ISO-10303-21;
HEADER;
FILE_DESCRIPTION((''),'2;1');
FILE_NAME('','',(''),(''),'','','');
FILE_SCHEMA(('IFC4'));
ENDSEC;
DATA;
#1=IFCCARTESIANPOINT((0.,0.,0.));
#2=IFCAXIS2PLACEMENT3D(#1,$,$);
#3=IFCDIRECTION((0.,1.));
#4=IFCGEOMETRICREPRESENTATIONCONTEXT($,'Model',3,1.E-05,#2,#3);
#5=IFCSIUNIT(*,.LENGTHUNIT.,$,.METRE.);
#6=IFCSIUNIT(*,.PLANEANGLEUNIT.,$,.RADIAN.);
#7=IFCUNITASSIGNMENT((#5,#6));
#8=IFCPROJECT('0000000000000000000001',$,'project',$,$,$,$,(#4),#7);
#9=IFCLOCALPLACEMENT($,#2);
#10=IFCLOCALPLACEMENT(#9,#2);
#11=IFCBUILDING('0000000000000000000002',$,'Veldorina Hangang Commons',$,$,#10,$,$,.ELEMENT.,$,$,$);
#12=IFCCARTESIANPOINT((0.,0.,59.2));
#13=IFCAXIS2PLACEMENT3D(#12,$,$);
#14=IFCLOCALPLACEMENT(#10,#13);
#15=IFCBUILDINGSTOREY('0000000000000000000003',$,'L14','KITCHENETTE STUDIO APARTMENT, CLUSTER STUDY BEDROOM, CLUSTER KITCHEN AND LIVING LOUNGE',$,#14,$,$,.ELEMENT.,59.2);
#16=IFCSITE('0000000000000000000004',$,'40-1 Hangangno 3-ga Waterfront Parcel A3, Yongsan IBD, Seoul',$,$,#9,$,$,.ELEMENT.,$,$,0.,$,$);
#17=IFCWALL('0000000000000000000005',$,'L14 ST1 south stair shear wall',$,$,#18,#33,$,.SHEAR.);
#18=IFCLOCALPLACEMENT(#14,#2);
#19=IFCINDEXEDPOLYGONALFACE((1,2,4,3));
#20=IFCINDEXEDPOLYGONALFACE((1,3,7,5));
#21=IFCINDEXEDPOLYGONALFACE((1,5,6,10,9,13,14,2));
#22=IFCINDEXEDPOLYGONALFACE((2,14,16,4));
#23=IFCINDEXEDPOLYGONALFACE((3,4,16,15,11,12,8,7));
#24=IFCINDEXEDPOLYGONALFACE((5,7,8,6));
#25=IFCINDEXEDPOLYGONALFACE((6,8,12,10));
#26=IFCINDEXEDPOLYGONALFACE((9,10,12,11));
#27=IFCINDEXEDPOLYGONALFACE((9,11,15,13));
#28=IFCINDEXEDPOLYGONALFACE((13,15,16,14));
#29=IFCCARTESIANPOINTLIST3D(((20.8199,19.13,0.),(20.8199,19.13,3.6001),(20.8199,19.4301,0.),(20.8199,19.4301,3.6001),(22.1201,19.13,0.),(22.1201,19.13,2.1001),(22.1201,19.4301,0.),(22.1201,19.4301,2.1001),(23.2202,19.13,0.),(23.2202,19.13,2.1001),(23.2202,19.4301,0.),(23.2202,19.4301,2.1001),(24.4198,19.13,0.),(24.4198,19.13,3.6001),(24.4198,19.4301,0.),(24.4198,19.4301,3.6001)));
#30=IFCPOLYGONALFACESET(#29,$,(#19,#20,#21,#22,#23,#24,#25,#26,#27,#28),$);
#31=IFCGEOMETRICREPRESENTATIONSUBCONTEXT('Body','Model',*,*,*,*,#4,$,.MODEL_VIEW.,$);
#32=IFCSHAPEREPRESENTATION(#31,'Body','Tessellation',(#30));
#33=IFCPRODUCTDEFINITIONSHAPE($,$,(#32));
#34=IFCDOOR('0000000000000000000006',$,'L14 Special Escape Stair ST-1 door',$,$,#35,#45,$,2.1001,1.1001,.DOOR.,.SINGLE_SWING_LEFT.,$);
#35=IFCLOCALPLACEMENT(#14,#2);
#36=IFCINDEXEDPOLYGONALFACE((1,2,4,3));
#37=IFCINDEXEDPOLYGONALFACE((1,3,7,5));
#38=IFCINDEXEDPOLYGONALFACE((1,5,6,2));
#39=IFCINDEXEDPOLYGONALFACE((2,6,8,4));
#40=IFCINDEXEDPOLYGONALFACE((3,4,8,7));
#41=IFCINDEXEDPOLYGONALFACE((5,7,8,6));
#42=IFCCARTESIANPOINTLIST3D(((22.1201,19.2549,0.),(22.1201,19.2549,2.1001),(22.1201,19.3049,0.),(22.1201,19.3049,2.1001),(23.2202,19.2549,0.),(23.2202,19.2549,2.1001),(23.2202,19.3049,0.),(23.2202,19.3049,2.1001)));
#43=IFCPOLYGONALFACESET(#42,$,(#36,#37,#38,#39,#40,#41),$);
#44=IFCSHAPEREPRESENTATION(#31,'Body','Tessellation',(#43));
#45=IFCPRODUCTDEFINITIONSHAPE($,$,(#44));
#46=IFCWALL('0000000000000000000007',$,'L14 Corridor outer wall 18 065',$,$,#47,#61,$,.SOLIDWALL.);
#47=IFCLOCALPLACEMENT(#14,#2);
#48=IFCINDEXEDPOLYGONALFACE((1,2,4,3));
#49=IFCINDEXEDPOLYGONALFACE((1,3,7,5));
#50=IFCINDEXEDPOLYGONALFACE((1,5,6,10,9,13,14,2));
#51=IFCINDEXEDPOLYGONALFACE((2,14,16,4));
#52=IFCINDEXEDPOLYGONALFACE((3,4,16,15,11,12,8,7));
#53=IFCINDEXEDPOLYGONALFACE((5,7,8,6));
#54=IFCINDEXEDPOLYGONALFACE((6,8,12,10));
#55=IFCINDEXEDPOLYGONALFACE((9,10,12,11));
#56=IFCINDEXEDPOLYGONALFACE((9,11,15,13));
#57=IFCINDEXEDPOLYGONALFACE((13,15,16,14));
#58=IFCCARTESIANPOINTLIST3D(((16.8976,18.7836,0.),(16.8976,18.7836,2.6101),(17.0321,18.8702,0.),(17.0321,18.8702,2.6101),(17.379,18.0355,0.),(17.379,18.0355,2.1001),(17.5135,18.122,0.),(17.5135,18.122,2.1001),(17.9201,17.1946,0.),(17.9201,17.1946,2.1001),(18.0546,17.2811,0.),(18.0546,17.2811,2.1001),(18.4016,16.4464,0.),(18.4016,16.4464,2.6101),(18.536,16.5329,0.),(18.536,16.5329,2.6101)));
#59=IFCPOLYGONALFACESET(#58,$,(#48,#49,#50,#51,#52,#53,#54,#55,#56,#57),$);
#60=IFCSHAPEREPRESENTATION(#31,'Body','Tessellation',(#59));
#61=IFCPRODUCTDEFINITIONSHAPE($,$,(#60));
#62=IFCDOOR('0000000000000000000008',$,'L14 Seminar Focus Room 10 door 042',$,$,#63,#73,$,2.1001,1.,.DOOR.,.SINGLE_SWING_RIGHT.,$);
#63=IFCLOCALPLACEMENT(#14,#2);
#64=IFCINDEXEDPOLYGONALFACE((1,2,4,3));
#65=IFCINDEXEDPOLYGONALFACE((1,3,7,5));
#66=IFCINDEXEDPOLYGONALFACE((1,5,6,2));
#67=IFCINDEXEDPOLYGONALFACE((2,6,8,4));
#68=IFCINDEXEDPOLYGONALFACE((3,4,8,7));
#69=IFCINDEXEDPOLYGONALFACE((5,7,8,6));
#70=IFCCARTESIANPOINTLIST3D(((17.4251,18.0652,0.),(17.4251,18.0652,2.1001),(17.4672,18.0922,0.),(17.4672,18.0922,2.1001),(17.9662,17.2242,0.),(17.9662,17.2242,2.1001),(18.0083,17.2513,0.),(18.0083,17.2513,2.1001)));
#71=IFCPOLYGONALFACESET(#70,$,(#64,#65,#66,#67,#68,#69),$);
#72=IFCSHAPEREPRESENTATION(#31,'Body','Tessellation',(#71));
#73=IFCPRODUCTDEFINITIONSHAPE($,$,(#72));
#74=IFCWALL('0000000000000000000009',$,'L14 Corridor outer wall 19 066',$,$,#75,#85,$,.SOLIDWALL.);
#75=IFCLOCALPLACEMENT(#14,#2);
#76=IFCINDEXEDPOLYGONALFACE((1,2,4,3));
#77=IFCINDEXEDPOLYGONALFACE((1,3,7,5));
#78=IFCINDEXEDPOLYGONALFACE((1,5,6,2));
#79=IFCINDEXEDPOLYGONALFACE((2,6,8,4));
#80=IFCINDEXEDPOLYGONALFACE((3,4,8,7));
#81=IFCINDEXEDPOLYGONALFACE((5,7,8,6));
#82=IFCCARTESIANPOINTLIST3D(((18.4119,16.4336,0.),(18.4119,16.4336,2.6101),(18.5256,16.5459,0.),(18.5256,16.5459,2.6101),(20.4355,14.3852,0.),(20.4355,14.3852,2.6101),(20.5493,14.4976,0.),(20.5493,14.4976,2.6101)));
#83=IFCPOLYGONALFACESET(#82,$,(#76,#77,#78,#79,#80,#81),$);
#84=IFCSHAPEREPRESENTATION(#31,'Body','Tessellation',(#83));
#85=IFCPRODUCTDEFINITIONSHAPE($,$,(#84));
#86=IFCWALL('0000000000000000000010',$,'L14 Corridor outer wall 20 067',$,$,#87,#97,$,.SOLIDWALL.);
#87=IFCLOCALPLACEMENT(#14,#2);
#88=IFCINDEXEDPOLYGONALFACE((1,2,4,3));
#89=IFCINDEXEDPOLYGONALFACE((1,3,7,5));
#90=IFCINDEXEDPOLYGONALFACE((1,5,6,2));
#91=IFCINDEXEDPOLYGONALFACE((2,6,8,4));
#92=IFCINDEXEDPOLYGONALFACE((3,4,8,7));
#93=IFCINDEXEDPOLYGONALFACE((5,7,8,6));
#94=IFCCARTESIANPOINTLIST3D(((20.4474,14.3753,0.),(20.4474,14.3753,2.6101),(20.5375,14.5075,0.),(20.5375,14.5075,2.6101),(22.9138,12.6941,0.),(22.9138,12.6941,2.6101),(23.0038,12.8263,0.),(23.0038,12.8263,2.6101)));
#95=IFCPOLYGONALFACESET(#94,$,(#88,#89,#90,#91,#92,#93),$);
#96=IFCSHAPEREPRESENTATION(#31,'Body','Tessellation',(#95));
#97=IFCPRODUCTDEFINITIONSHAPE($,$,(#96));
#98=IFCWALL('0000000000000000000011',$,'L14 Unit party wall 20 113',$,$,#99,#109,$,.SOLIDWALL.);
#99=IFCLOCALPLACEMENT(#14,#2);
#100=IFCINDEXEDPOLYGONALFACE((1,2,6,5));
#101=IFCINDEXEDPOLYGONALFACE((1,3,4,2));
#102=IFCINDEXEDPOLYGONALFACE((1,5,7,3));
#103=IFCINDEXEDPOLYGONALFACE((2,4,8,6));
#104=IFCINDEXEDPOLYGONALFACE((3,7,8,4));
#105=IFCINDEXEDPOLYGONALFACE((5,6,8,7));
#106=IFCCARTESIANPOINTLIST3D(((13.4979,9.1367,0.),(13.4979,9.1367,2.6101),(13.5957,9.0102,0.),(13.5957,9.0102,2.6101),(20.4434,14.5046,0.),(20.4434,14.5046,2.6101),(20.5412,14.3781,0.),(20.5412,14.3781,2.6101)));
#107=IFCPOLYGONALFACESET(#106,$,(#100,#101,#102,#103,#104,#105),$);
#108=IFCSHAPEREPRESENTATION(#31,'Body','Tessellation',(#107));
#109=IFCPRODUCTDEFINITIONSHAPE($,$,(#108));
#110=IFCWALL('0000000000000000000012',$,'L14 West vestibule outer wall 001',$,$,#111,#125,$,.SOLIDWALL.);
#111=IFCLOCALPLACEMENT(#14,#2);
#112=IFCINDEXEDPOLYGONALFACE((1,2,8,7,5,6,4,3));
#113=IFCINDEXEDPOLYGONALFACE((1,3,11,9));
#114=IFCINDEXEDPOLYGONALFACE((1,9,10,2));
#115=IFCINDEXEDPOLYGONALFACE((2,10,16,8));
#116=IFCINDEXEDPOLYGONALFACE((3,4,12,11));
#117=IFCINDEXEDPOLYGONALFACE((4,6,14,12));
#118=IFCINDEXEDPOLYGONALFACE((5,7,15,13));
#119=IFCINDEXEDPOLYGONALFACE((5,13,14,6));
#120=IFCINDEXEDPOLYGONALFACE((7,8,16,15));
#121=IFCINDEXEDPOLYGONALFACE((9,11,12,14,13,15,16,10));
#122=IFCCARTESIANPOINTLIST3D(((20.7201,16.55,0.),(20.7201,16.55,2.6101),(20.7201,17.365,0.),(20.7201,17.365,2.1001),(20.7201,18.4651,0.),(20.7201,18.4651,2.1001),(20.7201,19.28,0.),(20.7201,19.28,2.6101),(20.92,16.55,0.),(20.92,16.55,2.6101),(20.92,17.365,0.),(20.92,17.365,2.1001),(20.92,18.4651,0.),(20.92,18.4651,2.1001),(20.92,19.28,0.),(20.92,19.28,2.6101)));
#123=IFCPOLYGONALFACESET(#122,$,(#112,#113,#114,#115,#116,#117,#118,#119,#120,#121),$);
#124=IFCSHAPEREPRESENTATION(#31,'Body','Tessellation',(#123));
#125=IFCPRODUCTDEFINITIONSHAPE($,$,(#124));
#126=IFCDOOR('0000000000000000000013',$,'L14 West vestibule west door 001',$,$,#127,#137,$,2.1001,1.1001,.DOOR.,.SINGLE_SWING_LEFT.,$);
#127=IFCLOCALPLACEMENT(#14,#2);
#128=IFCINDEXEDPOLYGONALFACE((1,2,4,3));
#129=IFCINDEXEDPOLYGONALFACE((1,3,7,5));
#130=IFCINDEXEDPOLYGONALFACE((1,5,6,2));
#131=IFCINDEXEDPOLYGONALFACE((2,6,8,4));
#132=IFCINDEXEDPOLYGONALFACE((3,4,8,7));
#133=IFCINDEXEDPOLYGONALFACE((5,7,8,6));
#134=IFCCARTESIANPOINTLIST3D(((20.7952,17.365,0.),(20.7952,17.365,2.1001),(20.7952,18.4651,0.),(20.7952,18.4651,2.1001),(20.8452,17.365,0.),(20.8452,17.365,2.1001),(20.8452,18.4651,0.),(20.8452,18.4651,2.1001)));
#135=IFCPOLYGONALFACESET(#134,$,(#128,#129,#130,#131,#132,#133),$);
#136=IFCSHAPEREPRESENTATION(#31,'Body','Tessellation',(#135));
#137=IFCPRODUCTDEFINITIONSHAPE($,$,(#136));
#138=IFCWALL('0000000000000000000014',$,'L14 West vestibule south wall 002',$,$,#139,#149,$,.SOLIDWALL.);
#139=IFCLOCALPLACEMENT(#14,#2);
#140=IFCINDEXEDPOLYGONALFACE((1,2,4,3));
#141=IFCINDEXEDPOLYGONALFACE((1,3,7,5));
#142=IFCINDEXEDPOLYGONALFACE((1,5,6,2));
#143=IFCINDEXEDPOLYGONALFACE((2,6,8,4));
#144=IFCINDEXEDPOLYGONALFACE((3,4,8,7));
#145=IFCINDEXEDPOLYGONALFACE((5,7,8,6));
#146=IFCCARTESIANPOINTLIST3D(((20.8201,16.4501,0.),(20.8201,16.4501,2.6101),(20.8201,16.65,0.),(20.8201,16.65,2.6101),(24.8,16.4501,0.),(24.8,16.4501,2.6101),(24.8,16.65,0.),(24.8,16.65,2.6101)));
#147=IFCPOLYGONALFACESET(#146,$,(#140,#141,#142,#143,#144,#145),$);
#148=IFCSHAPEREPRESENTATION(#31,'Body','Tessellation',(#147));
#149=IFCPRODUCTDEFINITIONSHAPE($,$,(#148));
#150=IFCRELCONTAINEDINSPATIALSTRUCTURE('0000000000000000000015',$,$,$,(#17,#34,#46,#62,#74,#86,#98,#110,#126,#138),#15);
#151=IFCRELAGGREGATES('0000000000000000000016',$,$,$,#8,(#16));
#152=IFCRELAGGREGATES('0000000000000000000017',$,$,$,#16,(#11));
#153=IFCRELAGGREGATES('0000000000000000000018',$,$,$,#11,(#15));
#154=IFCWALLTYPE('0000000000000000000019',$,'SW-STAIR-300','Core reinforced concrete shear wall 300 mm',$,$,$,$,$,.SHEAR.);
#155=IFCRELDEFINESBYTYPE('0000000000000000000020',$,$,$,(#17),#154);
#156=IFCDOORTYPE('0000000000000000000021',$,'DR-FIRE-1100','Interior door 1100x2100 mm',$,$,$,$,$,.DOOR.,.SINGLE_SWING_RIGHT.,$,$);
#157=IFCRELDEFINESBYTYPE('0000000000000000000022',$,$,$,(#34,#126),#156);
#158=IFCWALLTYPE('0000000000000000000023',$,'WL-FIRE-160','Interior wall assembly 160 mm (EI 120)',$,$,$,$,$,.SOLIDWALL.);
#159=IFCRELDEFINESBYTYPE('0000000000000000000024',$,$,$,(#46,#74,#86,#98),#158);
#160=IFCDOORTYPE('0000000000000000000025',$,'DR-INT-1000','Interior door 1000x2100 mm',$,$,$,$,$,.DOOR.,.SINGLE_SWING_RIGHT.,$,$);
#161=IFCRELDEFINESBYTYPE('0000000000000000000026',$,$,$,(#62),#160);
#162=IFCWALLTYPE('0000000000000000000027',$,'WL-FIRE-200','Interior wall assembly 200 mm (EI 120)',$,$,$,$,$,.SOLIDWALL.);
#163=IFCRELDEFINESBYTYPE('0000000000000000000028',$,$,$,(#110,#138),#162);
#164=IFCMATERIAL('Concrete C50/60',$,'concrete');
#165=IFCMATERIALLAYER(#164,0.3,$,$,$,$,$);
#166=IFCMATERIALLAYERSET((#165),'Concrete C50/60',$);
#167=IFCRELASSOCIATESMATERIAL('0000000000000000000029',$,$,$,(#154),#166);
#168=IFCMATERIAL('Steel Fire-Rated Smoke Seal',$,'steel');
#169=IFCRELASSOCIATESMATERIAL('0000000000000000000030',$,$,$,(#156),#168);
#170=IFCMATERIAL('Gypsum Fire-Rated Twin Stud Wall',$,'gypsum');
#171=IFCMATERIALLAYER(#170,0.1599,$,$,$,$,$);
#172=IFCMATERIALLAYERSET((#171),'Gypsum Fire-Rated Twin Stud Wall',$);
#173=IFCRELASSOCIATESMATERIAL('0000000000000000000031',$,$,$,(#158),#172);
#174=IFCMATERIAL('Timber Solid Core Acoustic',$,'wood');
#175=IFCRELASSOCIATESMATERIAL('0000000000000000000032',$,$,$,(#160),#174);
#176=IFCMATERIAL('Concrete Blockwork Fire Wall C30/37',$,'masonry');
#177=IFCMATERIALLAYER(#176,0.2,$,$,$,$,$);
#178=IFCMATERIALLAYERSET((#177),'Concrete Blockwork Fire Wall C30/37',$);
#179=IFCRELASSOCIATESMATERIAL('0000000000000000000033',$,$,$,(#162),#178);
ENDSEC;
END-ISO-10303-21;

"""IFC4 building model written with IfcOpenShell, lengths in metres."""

from ifc_helpers import new_model, si_unit, direction, frame, frame_2d, origin, place, context, subcontext, project, spatial, rectangle, extrude, material, layer, layer_set, type_object, element, fill, save


model = new_model("IFC4")

# Units and contexts
model_context = context("Model", 3, precision=1e-05, world=origin(), true_north=direction((0.0, 1.0)))
body_context = subcontext(model_context, "Body", "Model", "MODEL_VIEW")
ifc_project = project(units=[si_unit("LENGTHUNIT", "METRE"), si_unit("PLANEANGLEUNIT", "RADIAN")], contexts=[model_context])

# Site, building, storey
site_placement = place(None, origin())
site = spatial("IfcSite", under=ifc_project, at=site_placement, Name="40-1 Hangangno 3-ga Waterfront Parcel A3, Yongsan IBD, Seoul", CompositionType="ELEMENT", RefElevation=0.0)
building_placement = place(site_placement, origin())
building = spatial("IfcBuilding", under=site, at=building_placement, Name="Veldorina Hangang Commons", CompositionType="ELEMENT")
storey_placement = place(building_placement, frame((0.0, 0.0, 59.2)))
storey = spatial("IfcBuildingStorey", under=building, at=storey_placement, Name="L14", Description="KITCHENETTE STUDIO APARTMENT, CLUSTER STUDY BEDROOM, CLUSTER KITCHEN AND LIVING LOUNGE", CompositionType="ELEMENT", Elevation=59.2)

# Walls, openings, doors
ifc_material_1 = material(Name="Concrete C50/60", Category="concrete")
ifc_layer_1 = layer(ifc_material_1, 0.3)
ifc_layer_set_1 = layer_set([ifc_layer_1], Name="Concrete C50/60")
wall_type_1 = type_object("IfcWallType", Name="SW-STAIR-300", Description="Core reinforced concrete shear wall 300 mm", PredefinedType="SHEAR", material=ifc_layer_set_1)
wall_1_placement = place(storey_placement, frame((20.8201, 19.28, 0.0), z_axis=(0.0, 0.0, 1.0), x_axis=(1.0, 0.0, 0.0)))
wall_1 = element("IfcWall", 1, at=wall_1_placement, inside=storey, type_object=wall_type_1, Name="L14 ST1 south stair shear wall", PredefinedType="SHEAR", context=body_context, shape_type="SweptSolid", body=[
    extrude(rectangle(XDim=3.5999, YDim=0.3, at=frame_2d((1.7998, 0.0))), origin(), (0.0, 0.0, 1.0), 3.6001),
])
opening_1_placement = place(wall_1_placement, frame((1.3, 0.0, 0.0)))
opening_1 = element("IfcOpeningElement", 2, at=opening_1_placement, cuts=wall_1, PredefinedType="OPENING", context=body_context, shape_type="SweptSolid", body=[
    extrude(rectangle(XDim=1.1001, YDim=2.1001, at=frame_2d((0.55, 1.05))), frame((0.0, 0.1602, 0.0), z_axis=(0.0, -1.0, 0.0), x_axis=(1.0, 0.0, 0.0)), (0.0, 0.0, 1.0), 0.3201),
])
ifc_material_2 = material(Name="Steel Fire-Rated Smoke Seal", Category="steel")
door_type_1 = type_object("IfcDoorType", Name="DR-FIRE-1100", Description="Interior door 1100x2100 mm", OperationType="SINGLE_SWING_RIGHT", PredefinedType="DOOR", material=ifc_material_2)
door_1_placement = place(opening_1_placement, origin())
door_1 = element("IfcDoor", 3, at=door_1_placement, inside=storey, type_object=door_type_1, Name="L14 Special Escape Stair ST-1 door", OperationType="SINGLE_SWING_LEFT", OverallHeight=2.1001, OverallWidth=1.1001, PredefinedType="DOOR", context=body_context, shape_type="SweptSolid", body=[
    extrude(rectangle(XDim=1.1001, YDim=2.1001, at=frame_2d((0.55, 1.05))), frame((0.0, 0.0249, 0.0), z_axis=(0.0, -1.0, 0.0), x_axis=(1.0, 0.0, 0.0)), (0.0, 0.0, 1.0), 0.05),
])
fill(opening_1, door_1)
ifc_material_3 = material(Name="Gypsum Fire-Rated Twin Stud Wall", Category="gypsum")
ifc_layer_2 = layer(ifc_material_3, 0.1599)
ifc_layer_set_2 = layer_set([ifc_layer_2], Name="Gypsum Fire-Rated Twin Stud Wall")
wall_type_2 = type_object("IfcWallType", Name="WL-FIRE-160", Description="Interior wall assembly 160 mm (EI 120)", PredefinedType="SOLIDWALL", material=ifc_layer_set_2)
wall_2_placement = place(storey_placement, frame((16.9648, 18.8269, 0.0), z_axis=(0.0, 0.0, 1.0), x_axis=(0.541126, -0.840941, 0.0)))
wall_2 = element("IfcWall", 4, at=wall_2_placement, inside=storey, type_object=wall_type_2, Name="L14 Corridor outer wall 18 065", PredefinedType="SOLIDWALL", context=body_context, shape_type="SweptSolid", body=[
    extrude(rectangle(XDim=2.7793, YDim=0.1599, at=frame_2d((1.3896, 0.0))), origin(), (0.0, 0.0, 1.0), 2.6101),
])
opening_2_placement = place(wall_2_placement, frame((0.8896, 0.0, 0.0)))
opening_2 = element("IfcOpeningElement", 5, at=opening_2_placement, cuts=wall_2, PredefinedType="OPENING", context=body_context, shape_type="SweptSolid", body=[
    extrude(rectangle(XDim=1.0, YDim=2.1001, at=frame_2d((0.5, 1.05))), frame((0.0, 0.0898, 0.0), z_axis=(0.0, -1.0, 0.0), x_axis=(1.0, 0.0, 0.0)), (0.0, 0.0, 1.0), 0.1799),
])
ifc_material_4 = material(Name="Timber Solid Core Acoustic", Category="wood")
door_type_2 = type_object("IfcDoorType", Name="DR-INT-1000", Description="Interior door 1000x2100 mm", OperationType="SINGLE_SWING_RIGHT", PredefinedType="DOOR", material=ifc_material_4)
door_2_placement = place(opening_2_placement, origin())
door_2 = element("IfcDoor", 6, at=door_2_placement, inside=storey, type_object=door_type_2, Name="L14 Seminar Focus Room 10 door 042", OperationType="SINGLE_SWING_RIGHT", OverallHeight=2.1001, OverallWidth=1.0, PredefinedType="DOOR", context=body_context, shape_type="SweptSolid", body=[
    extrude(rectangle(XDim=1.0, YDim=2.1001, at=frame_2d((0.5, 1.05))), frame((0.0, 0.0249, 0.0), z_axis=(0.0, -1.0, 0.0), x_axis=(1.0, 0.0, 0.0)), (0.0, 0.0, 1.0), 0.05),
])
fill(opening_2, door_2)

# Walls
wall_3_placement = place(storey_placement, frame((18.4688, 16.4897, 0.0), z_axis=(0.0, 0.0, 1.0), x_axis=(0.702812, -0.711376, 0.0)))
element("IfcWall", 7, at=wall_3_placement, inside=storey, type_object=wall_type_2, Name="L14 Corridor outer wall 19 066", PredefinedType="SOLIDWALL", context=body_context, shape_type="SweptSolid", body=[
    extrude(rectangle(XDim=2.8794, YDim=0.1599, at=frame_2d((1.4397, 0.0))), origin(), (0.0, 0.0, 1.0), 2.6101),
])
wall_4_placement = place(storey_placement, frame((20.4924, 14.4414, 0.0), z_axis=(0.0, 0.0, 1.0), x_axis=(0.826293, -0.56324, 0.0)))
element("IfcWall", 8, at=wall_4_placement, inside=storey, type_object=wall_type_2, Name="L14 Corridor outer wall 20 067", PredefinedType="SOLIDWALL", context=body_context, shape_type="SweptSolid", body=[
    extrude(rectangle(XDim=2.9849, YDim=0.1599, at=frame_2d((1.4924, 0.0))), origin(), (0.0, 0.0, 1.0), 2.6101),
])
wall_5_placement = place(storey_placement, frame((20.4924, 14.4414, 0.0), z_axis=(0.0, 0.0, 1.0), x_axis=(-0.791235, -0.611512, 0.0)))
element("IfcWall", 9, at=wall_5_placement, inside=storey, type_object=wall_type_2, Name="L14 Unit party wall 20 113", PredefinedType="SOLIDWALL", context=body_context, shape_type="SweptSolid", body=[
    extrude(rectangle(XDim=8.7781, YDim=0.1599, at=frame_2d((4.3892, 0.0))), origin(), (0.0, 0.0, 1.0), 2.6101),
])

# Wall, opening, door
ifc_material_5 = material(Name="Concrete Blockwork Fire Wall C30/37", Category="masonry")
ifc_layer_3 = layer(ifc_material_5, 0.2)
ifc_layer_set_3 = layer_set([ifc_layer_3], Name="Concrete Blockwork Fire Wall C30/37")
wall_type_3 = type_object("IfcWallType", Name="WL-FIRE-200", Description="Interior wall assembly 200 mm (EI 120)", PredefinedType="SOLIDWALL", material=ifc_layer_set_3)
wall_6_placement = place(storey_placement, frame((20.8201, 16.55, 0.0), z_axis=(0.0, 0.0, 1.0), x_axis=(0.0, 1.0, 0.0)))
wall_6 = element("IfcWall", 10, at=wall_6_placement, inside=storey, type_object=wall_type_3, Name="L14 West vestibule outer wall 001", PredefinedType="SOLIDWALL", context=body_context, shape_type="SweptSolid", body=[
    extrude(rectangle(XDim=2.73, YDim=0.2, at=frame_2d((1.365, 0.0))), origin(), (0.0, 0.0, 1.0), 2.6101),
])
opening_3_placement = place(wall_6_placement, frame((0.8149, 0.0, 0.0)))
opening_3 = element("IfcOpeningElement", 11, at=opening_3_placement, cuts=wall_6, PredefinedType="OPENING", context=body_context, shape_type="SweptSolid", body=[
    extrude(rectangle(XDim=1.1001, YDim=2.1001, at=frame_2d((0.55, 1.05))), frame((0.0, 0.1099, 0.0), z_axis=(0.0, -1.0, 0.0), x_axis=(1.0, 0.0, 0.0)), (0.0, 0.0, 1.0), 0.22),
])
door_3_placement = place(opening_3_placement, origin())
door_3 = element("IfcDoor", 12, at=door_3_placement, inside=storey, type_object=door_type_1, Name="L14 West vestibule west door 001", OperationType="SINGLE_SWING_LEFT", OverallHeight=2.1001, OverallWidth=1.1001, PredefinedType="DOOR", context=body_context, shape_type="SweptSolid", body=[
    extrude(rectangle(XDim=1.1001, YDim=2.1001, at=frame_2d((0.55, 1.05))), frame((0.0, 0.0249, 0.0), z_axis=(0.0, -1.0, 0.0), x_axis=(1.0, 0.0, 0.0)), (0.0, 0.0, 1.0), 0.05),
])
fill(opening_3, door_3)

# Wall
wall_7_placement = place(storey_placement, frame((20.8201, 16.55, 0.0), z_axis=(0.0, 0.0, 1.0), x_axis=(1.0, 0.0, 0.0)))
element("IfcWall", 13, at=wall_7_placement, inside=storey, type_object=wall_type_3, Name="L14 West vestibule south wall 002", PredefinedType="SOLIDWALL", context=body_context, shape_type="SweptSolid", body=[
    extrude(rectangle(XDim=3.98, YDim=0.2, at=frame_2d((1.99, 0.0))), origin(), (0.0, 0.0, 1.0), 2.6101),
])

save(model, "model.ifc")
